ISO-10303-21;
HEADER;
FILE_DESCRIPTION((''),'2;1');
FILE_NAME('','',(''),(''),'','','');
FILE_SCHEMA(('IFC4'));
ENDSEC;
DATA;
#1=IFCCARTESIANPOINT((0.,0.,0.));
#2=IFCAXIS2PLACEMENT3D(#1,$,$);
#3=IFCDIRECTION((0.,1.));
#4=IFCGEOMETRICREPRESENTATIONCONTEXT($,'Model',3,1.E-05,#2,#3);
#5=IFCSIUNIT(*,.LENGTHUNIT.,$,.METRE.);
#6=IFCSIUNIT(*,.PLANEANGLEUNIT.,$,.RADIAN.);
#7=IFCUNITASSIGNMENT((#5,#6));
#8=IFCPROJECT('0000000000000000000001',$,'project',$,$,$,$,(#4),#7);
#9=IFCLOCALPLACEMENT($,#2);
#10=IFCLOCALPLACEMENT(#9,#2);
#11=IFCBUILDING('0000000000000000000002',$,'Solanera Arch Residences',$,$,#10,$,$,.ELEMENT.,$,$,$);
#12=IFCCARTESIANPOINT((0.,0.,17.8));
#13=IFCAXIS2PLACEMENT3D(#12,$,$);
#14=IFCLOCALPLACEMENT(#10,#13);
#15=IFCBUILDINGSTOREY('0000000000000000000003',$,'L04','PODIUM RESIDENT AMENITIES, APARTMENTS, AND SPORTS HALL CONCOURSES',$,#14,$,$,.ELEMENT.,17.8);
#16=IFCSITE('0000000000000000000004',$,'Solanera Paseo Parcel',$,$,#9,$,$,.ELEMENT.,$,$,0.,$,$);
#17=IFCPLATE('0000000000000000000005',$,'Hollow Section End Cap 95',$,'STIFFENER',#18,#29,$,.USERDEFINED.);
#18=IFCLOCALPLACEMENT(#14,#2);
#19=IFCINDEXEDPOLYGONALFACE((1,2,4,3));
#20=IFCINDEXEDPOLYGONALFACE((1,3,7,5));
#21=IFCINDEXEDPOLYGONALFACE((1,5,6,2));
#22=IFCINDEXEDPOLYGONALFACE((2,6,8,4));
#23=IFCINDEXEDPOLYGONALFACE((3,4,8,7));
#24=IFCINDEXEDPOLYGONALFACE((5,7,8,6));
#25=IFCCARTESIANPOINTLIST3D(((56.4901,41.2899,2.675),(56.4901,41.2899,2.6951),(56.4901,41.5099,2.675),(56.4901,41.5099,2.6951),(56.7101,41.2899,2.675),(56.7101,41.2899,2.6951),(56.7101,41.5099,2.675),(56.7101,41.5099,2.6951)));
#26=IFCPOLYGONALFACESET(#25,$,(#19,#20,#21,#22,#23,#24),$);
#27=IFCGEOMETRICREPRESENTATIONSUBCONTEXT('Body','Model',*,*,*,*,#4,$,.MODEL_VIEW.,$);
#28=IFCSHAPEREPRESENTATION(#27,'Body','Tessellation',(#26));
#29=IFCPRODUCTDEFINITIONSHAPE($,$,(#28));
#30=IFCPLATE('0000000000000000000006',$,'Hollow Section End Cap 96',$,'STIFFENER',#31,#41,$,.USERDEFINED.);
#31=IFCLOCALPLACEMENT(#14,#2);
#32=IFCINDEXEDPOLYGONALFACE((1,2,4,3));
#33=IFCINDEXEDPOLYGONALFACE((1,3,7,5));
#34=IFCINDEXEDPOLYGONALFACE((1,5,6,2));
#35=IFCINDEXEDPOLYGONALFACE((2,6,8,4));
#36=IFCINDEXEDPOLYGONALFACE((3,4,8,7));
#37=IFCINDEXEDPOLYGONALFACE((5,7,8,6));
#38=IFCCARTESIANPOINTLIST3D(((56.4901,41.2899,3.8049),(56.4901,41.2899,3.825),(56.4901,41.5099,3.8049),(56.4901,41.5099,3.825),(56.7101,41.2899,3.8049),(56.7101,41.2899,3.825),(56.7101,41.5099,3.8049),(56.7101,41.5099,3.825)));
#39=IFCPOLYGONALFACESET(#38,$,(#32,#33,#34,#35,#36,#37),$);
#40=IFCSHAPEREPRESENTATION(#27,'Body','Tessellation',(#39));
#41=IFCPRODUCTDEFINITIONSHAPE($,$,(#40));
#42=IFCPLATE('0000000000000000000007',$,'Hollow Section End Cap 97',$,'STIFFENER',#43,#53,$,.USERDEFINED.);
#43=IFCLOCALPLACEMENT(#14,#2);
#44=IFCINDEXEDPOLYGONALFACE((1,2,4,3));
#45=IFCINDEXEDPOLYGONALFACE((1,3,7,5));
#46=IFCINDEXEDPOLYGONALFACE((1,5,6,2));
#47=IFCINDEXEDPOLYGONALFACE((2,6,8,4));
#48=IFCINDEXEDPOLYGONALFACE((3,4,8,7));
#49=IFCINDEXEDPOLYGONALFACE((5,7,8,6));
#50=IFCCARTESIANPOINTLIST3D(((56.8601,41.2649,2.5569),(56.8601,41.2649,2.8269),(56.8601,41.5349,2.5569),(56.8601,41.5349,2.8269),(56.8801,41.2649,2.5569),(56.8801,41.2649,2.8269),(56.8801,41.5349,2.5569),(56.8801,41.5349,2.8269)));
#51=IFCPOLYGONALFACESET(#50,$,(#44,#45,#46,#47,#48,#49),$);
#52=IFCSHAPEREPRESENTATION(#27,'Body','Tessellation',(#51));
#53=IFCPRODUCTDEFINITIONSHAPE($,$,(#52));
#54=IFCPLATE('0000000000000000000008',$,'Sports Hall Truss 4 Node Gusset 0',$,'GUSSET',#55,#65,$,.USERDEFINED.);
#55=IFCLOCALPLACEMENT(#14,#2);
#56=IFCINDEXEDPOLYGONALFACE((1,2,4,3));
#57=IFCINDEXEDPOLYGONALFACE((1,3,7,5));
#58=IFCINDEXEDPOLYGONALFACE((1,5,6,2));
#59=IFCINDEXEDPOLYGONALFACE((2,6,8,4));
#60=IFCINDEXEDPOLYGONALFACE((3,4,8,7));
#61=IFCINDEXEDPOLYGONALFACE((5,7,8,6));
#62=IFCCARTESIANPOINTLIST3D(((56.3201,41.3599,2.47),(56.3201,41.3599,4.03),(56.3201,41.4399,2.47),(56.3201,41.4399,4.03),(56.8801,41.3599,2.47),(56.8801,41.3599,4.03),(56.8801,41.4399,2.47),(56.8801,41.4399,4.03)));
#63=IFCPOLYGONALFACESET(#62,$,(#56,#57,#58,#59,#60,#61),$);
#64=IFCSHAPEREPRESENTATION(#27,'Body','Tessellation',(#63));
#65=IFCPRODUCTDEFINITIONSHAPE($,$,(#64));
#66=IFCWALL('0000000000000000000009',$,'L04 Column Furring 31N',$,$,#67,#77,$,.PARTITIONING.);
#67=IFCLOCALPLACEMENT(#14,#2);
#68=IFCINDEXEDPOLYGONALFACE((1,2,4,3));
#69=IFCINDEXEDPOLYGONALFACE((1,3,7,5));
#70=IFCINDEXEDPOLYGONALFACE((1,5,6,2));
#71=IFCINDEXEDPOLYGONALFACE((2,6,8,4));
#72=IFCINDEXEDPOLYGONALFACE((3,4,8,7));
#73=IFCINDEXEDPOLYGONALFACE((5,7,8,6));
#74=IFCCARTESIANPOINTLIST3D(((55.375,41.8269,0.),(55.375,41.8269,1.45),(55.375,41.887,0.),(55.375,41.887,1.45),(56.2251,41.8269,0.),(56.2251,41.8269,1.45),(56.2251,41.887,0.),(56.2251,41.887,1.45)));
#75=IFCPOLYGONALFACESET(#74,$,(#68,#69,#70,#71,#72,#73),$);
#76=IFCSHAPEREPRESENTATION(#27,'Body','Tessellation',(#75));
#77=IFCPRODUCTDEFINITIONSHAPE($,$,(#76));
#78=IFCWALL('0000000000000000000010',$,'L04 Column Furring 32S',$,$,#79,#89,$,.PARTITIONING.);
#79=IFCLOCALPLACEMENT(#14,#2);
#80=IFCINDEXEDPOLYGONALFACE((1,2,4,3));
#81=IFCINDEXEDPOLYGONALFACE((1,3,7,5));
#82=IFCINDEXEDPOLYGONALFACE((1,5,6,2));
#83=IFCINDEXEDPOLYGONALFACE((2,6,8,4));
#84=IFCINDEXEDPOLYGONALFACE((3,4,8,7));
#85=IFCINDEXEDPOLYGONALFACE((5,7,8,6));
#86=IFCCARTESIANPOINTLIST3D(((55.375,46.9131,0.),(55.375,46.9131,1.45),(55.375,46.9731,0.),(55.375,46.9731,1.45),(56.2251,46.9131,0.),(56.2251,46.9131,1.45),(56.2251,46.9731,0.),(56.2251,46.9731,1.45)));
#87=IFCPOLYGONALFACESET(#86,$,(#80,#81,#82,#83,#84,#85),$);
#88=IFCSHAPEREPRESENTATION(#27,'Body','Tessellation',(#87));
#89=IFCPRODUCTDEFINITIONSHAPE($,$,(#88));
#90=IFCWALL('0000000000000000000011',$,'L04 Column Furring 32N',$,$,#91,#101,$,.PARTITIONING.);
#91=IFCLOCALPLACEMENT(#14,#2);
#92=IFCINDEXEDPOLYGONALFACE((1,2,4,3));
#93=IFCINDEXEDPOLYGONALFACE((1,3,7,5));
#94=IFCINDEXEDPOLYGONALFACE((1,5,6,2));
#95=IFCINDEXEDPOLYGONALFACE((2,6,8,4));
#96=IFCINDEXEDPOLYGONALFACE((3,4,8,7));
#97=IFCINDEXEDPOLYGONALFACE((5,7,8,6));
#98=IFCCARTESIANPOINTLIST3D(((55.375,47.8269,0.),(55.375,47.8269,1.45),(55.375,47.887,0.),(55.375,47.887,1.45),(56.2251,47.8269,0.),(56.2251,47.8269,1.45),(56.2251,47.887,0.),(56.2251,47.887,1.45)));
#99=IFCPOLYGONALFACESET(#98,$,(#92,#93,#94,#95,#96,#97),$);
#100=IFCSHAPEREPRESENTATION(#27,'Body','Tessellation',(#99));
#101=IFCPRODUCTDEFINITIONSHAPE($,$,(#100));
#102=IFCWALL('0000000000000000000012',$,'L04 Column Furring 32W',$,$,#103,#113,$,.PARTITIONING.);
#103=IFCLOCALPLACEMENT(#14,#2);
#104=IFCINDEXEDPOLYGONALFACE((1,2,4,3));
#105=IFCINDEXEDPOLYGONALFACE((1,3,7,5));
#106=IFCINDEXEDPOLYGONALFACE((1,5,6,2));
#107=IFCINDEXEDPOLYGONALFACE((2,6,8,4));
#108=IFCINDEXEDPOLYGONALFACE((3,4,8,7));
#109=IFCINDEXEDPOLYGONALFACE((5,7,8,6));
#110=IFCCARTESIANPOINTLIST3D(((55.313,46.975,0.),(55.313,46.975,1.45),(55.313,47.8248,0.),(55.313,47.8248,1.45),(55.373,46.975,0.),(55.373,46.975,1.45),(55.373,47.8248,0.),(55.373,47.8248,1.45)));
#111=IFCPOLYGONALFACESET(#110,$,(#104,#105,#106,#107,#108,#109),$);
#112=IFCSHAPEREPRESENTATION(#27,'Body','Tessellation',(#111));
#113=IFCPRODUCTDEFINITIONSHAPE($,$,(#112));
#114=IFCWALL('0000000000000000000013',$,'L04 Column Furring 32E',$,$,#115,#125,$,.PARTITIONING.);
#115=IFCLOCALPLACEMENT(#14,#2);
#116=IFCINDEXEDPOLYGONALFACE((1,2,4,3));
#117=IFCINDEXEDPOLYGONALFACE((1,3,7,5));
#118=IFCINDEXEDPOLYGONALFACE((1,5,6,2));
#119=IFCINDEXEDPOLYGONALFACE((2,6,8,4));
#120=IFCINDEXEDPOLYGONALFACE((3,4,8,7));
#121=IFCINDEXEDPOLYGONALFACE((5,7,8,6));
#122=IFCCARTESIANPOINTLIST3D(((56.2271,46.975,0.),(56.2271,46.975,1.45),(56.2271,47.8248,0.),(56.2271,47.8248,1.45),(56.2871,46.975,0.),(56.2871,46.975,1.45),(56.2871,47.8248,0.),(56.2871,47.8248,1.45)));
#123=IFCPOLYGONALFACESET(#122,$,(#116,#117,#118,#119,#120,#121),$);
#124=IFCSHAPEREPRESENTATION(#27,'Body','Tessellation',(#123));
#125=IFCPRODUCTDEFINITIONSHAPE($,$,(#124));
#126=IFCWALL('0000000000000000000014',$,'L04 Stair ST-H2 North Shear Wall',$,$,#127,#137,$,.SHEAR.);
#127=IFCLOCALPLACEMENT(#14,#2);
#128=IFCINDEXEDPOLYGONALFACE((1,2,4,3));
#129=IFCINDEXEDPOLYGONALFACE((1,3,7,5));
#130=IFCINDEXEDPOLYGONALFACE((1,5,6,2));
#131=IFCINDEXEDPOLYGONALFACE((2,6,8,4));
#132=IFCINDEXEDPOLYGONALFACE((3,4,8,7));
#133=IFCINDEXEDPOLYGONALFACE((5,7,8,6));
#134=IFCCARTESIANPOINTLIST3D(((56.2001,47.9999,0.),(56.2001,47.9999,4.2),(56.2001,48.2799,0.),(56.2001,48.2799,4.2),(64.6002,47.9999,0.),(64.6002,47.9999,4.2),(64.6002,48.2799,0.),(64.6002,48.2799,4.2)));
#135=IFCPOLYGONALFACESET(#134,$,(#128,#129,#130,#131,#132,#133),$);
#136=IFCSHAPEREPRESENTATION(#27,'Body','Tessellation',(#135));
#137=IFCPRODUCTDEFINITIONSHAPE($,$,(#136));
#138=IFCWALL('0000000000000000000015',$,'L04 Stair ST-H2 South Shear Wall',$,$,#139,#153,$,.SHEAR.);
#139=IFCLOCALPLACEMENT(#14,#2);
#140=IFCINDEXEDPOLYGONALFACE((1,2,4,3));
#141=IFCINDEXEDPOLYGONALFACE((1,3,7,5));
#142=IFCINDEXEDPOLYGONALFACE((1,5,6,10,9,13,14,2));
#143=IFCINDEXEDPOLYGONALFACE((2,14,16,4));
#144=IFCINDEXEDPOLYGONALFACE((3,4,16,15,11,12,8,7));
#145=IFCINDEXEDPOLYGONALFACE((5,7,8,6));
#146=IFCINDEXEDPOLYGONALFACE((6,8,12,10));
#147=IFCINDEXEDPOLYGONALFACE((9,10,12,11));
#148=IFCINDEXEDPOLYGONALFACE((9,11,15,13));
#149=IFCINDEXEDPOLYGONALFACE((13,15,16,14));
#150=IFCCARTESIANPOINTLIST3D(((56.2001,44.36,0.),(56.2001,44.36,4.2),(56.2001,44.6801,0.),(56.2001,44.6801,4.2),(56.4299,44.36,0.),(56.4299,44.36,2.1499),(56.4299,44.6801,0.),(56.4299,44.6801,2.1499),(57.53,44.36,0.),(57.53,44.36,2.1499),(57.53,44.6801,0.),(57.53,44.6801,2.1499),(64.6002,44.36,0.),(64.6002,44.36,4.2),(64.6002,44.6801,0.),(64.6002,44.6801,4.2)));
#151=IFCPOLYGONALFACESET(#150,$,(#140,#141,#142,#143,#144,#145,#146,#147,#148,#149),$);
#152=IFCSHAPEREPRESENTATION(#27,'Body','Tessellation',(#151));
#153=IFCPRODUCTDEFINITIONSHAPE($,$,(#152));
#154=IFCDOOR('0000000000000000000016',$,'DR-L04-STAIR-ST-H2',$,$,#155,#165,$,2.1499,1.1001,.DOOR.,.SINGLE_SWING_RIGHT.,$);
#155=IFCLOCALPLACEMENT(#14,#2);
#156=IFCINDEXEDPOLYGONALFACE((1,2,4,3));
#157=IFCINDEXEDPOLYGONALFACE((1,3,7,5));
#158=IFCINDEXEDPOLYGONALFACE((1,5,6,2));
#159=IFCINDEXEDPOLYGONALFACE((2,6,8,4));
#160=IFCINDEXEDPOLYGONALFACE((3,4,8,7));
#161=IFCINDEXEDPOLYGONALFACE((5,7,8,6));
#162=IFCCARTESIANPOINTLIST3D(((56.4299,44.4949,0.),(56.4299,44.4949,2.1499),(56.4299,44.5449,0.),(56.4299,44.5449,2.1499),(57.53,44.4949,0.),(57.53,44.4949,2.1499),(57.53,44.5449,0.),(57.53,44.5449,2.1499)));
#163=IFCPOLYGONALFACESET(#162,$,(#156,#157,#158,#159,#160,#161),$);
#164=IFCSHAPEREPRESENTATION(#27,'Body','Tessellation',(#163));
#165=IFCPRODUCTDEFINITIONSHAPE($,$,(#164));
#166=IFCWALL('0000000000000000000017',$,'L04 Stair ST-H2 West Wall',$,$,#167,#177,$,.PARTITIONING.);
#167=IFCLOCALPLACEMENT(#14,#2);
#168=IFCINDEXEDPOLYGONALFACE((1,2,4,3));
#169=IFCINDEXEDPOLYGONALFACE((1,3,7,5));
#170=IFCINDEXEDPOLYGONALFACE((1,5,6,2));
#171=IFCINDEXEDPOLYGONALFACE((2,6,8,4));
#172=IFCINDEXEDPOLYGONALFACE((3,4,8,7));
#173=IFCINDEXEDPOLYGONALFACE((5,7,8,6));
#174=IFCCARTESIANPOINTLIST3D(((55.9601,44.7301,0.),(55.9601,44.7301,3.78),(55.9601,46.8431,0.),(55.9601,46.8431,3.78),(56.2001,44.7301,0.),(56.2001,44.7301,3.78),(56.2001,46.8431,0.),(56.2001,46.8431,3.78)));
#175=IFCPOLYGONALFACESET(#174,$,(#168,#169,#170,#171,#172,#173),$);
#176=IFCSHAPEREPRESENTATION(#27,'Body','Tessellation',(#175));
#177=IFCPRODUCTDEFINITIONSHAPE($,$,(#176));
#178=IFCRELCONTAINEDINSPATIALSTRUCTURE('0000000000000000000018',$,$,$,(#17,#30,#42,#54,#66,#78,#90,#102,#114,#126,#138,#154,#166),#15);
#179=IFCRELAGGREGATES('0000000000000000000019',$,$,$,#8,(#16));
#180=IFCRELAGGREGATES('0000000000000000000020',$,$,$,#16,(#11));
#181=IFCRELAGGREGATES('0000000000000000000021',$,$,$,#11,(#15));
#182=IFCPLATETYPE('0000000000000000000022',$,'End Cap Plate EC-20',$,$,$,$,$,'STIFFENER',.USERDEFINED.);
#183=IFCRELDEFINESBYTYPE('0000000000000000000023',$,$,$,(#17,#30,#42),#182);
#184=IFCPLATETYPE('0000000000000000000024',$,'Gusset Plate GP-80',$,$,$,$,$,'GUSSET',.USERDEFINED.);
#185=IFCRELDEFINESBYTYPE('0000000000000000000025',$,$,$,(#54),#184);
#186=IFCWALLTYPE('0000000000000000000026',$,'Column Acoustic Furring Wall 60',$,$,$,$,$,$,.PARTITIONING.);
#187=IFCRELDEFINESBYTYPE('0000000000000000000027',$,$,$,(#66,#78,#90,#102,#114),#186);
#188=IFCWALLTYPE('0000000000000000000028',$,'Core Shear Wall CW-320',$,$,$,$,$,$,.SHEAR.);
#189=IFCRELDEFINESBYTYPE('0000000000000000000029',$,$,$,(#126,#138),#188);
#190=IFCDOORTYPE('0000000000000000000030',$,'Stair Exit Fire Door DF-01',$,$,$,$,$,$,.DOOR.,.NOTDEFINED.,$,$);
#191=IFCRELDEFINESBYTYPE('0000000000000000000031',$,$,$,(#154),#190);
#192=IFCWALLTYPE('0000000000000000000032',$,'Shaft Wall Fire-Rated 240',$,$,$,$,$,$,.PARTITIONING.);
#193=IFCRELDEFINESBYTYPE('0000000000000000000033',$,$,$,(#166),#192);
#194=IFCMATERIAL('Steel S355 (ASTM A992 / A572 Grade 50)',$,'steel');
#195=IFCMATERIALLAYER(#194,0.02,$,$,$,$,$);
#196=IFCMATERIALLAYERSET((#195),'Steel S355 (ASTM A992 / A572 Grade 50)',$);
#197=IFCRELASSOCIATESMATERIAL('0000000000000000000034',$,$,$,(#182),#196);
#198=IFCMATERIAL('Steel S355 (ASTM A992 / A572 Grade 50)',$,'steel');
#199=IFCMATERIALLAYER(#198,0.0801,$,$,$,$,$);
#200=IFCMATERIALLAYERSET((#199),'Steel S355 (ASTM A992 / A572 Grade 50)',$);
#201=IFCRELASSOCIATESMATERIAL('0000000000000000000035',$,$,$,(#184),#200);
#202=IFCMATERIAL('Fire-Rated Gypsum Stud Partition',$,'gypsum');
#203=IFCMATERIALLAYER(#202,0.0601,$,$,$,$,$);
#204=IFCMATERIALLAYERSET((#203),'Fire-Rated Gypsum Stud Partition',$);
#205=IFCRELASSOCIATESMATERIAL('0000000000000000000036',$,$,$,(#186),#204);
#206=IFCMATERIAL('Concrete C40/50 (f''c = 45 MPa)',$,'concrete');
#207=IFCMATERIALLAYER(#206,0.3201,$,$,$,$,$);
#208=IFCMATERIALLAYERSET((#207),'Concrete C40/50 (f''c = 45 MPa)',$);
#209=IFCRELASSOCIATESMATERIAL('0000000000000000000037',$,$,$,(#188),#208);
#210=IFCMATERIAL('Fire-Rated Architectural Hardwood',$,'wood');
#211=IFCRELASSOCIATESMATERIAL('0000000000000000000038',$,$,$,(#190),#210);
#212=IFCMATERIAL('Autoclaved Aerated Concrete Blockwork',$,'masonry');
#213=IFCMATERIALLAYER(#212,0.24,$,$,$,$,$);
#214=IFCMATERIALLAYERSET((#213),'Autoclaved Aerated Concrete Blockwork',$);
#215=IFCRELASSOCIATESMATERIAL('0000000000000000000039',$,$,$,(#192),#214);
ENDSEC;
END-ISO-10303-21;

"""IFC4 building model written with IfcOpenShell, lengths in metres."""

from ifc_helpers import new_model, si_unit, direction, frame, frame_2d, origin, origin_2d, place, context, subcontext, project, spatial, rectangle, extrude, material, layer, layer_set, type_object, element, fill, save


model = new_model("IFC4")

# Units and contexts
model_context = context("Model", 3, precision=1e-05, world=origin(), true_north=direction((0.0, 1.0)))
body_context = subcontext(model_context, "Body", "Model", "MODEL_VIEW")
ifc_project = project(units=[si_unit("LENGTHUNIT", "METRE"), si_unit("PLANEANGLEUNIT", "RADIAN")], contexts=[model_context])

# Site, building, storey
site_placement = place(None, origin())
site = spatial("IfcSite", under=ifc_project, at=site_placement, Name="Solanera Paseo Parcel", CompositionType="ELEMENT", RefElevation=0.0)
building_placement = place(site_placement, origin())
building = spatial("IfcBuilding", under=site, at=building_placement, Name="Solanera Arch Residences", CompositionType="ELEMENT")
storey_placement = place(building_placement, frame((0.0, 0.0, 17.8)))
storey = spatial("IfcBuildingStorey", under=building, at=storey_placement, Name="L04", Description="PODIUM RESIDENT AMENITIES, APARTMENTS, AND SPORTS HALL CONCOURSES", CompositionType="ELEMENT", Elevation=17.8)

# Plates
ifc_material_1 = material(Name="Steel S355 (ASTM A992 / A572 Grade 50)", Category="steel")
ifc_layer_1 = layer(ifc_material_1, 0.02)
ifc_layer_set_1 = layer_set([ifc_layer_1], Name="Steel S355 (ASTM A992 / A572 Grade 50)")
plate_type_1 = type_object("IfcPlateType", Name="End Cap Plate EC-20", ElementType="STIFFENER", PredefinedType="USERDEFINED", material=ifc_layer_set_1)
for number, where, z_axis, x_axis, name in (
    (1, (56.6001, 41.3999, 2.675), (0.0, 0.0, 1.0), (1.0, 0.0, 0.0), "Hollow Section End Cap 95"),
    (2, (56.6001, 41.3999, 3.8049), (0.0, 0.0, 1.0), (1.0, 0.0, 0.0), "Hollow Section End Cap 96"),
):
    element("IfcPlate", number, at=place(storey_placement, frame(where, z_axis=z_axis, x_axis=x_axis)), inside=storey, type_object=plate_type_1, Name=name, ObjectType="STIFFENER", PredefinedType="USERDEFINED", context=body_context, shape_type="SweptSolid", body=[
        extrude(rectangle(XDim=0.22, YDim=0.22, at=origin_2d()), origin(), (0.0, 0.0, 1.0), 0.02),
    ])
plate_1_placement = place(storey_placement, frame((56.8701, 41.3999, 2.5569), z_axis=(0.0, 0.0, 1.0), x_axis=(-1.0, 0.0, 0.0)))
element("IfcPlate", 3, at=plate_1_placement, inside=storey, type_object=plate_type_1, Name="Hollow Section End Cap 97", ObjectType="STIFFENER", PredefinedType="USERDEFINED", context=body_context, shape_type="SweptSolid", body=[
    extrude(rectangle(XDim=0.02, YDim=0.27, at=origin_2d()), origin(), (0.0, 0.0, 1.0), 0.27),
])
ifc_material_2 = material(Name="Steel S355 (ASTM A992 / A572 Grade 50)", Category="steel")
ifc_layer_2 = layer(ifc_material_2, 0.0801)
ifc_layer_set_2 = layer_set([ifc_layer_2], Name="Steel S355 (ASTM A992 / A572 Grade 50)")
plate_type_2 = type_object("IfcPlateType", Name="Gusset Plate GP-80", ElementType="GUSSET", PredefinedType="USERDEFINED", material=ifc_layer_set_2)
plate_2_placement = place(storey_placement, frame((56.6001, 41.3999, 2.47), z_axis=(0.0, 0.0, 1.0), x_axis=(1.0, 0.0, 0.0)))
element("IfcPlate", 4, at=plate_2_placement, inside=storey, type_object=plate_type_2, Name="Sports Hall Truss 4 Node Gusset 0", ObjectType="GUSSET", PredefinedType="USERDEFINED", context=body_context, shape_type="SweptSolid", body=[
    extrude(rectangle(XDim=0.5601, YDim=0.0801, at=origin_2d()), origin(), (0.0, 0.0, 1.0), 1.5601),
])

# Walls
ifc_material_3 = material(Name="Fire-Rated Gypsum Stud Partition", Category="gypsum")
ifc_layer_3 = layer(ifc_material_3, 0.0601)
ifc_layer_set_3 = layer_set([ifc_layer_3], Name="Fire-Rated Gypsum Stud Partition")
wall_type_1 = type_object("IfcWallType", Name="Column Acoustic Furring Wall 60", PredefinedType="PARTITIONING", material=ifc_layer_set_3)
for number, where, z_axis, x_axis, name in (
    (5, (55.375, 41.8569, 0.0), (0.0, 0.0, 1.0), (1.0, 0.0, 0.0), "L04 Column Furring 31N"),
    (6, (55.375, 46.9431, 0.0), (0.0, 0.0, 1.0), (1.0, 0.0, 0.0), "L04 Column Furring 32S"),
    (7, (55.375, 47.8569, 0.0), (0.0, 0.0, 1.0), (1.0, 0.0, 0.0), "L04 Column Furring 32N"),
):
    element("IfcWall", number, at=place(storey_placement, frame(where, z_axis=z_axis, x_axis=x_axis)), inside=storey, type_object=wall_type_1, Name=name, PredefinedType="PARTITIONING", context=body_context, shape_type="SweptSolid", body=[
        extrude(rectangle(XDim=0.8501, YDim=0.0601, at=frame_2d((0.425, 0.0))), origin(), (0.0, 0.0, 1.0), 1.45),
    ])
for number, where, z_axis, x_axis, name in (
    (8, (55.343, 46.9751, 0.0), (0.0, 0.0, 1.0), (0.0, 1.0, 0.0), "L04 Column Furring 32W"),
    (9, (56.2571, 46.9751, 0.0), (0.0, 0.0, 1.0), (0.0, 1.0, 0.0), "L04 Column Furring 32E"),
):
    element("IfcWall", number, at=place(storey_placement, frame(where, z_axis=z_axis, x_axis=x_axis)), inside=storey, type_object=wall_type_1, Name=name, PredefinedType="PARTITIONING", context=body_context, shape_type="SweptSolid", body=[
        extrude(rectangle(XDim=0.8499, YDim=0.0601, at=frame_2d((0.4248, 0.0))), origin(), (0.0, 0.0, 1.0), 1.45),
    ])
ifc_material_4 = material(Name="Concrete C40/50 (f'c = 45 MPa)", Category="concrete")
ifc_layer_4 = layer(ifc_material_4, 0.3201)
ifc_layer_set_4 = layer_set([ifc_layer_4], Name="Concrete C40/50 (f'c = 45 MPa)")
wall_type_2 = type_object("IfcWallType", Name="Core Shear Wall CW-320", PredefinedType="SHEAR", material=ifc_layer_set_4)
wall_1_placement = place(storey_placement, frame((56.2, 48.1399, 0.0), z_axis=(0.0, 0.0, 1.0), x_axis=(1.0, 0.0, 0.0)))
element("IfcWall", 10, at=wall_1_placement, inside=storey, type_object=wall_type_2, Name="L04 Stair ST-H2 North Shear Wall", PredefinedType="SHEAR", context=body_context, shape_type="SweptSolid", body=[
    extrude(rectangle(XDim=8.4001, YDim=0.28, at=frame_2d((4.2002, 0.0))), origin(), (0.0, 0.0, 1.0), 4.2),
])

# Wall, opening, door
wall_2_placement = place(storey_placement, frame((56.2, 44.52, 0.0), z_axis=(0.0, 0.0, 1.0), x_axis=(1.0, 0.0, 0.0)))
wall_2 = element("IfcWall", 11, at=wall_2_placement, inside=storey, type_object=wall_type_2, Name="L04 Stair ST-H2 South Shear Wall", PredefinedType="SHEAR", context=body_context, shape_type="SweptSolid", body=[
    extrude(rectangle(XDim=8.4001, YDim=0.3201, at=frame_2d((4.2002, 0.0))), origin(), (0.0, 0.0, 1.0), 4.2),
])
opening_placement = place(wall_2_placement, frame((0.23, 0.0, 0.0)))
opening = element("IfcOpeningElement", 12, at=opening_placement, cuts=wall_2, PredefinedType="OPENING", context=body_context, shape_type="SweptSolid", body=[
    extrude(rectangle(XDim=1.1001, YDim=2.1499, at=frame_2d((0.55, 1.075))), frame((0.0, 0.1699, 0.0), z_axis=(0.0, -1.0, 0.0), x_axis=(1.0, 0.0, 0.0)), (0.0, 0.0, 1.0), 0.3401),
])
ifc_material_5 = material(Name="Fire-Rated Architectural Hardwood", Category="wood")
door_type = type_object("IfcDoorType", Name="Stair Exit Fire Door DF-01", OperationType="NOTDEFINED", PredefinedType="DOOR", material=ifc_material_5)
door_placement = place(opening_placement, origin())
door = element("IfcDoor", 13, at=door_placement, inside=storey, type_object=door_type, Name="DR-L04-STAIR-ST-H2", OperationType="SINGLE_SWING_RIGHT", OverallHeight=2.1499, OverallWidth=1.1001, PredefinedType="DOOR", context=body_context, shape_type="SweptSolid", body=[
    extrude(rectangle(XDim=1.1001, YDim=2.1499, at=frame_2d((0.55, 1.075))), frame((0.0, 0.0249, 0.0), z_axis=(0.0, -1.0, 0.0), x_axis=(1.0, 0.0, 0.0)), (0.0, 0.0, 1.0), 0.05),
])
fill(opening, door)

# Wall
ifc_material_6 = material(Name="Autoclaved Aerated Concrete Blockwork", Category="masonry")
ifc_layer_5 = layer(ifc_material_6, 0.24)
ifc_layer_set_5 = layer_set([ifc_layer_5], Name="Autoclaved Aerated Concrete Blockwork")
wall_type_3 = type_object("IfcWallType", Name="Shaft Wall Fire-Rated 240", PredefinedType="PARTITIONING", material=ifc_layer_set_5)
wall_3_placement = place(storey_placement, frame((56.0801, 44.73, 0.0), z_axis=(0.0, 0.0, 1.0), x_axis=(0.0, 1.0, 0.0)))
element("IfcWall", 14, at=wall_3_placement, inside=storey, type_object=wall_type_3, Name="L04 Stair ST-H2 West Wall", PredefinedType="PARTITIONING", context=body_context, shape_type="SweptSolid", body=[
    extrude(rectangle(XDim=2.113, YDim=0.24, at=frame_2d((1.0566, 0.0))), origin(), (0.0, 0.0, 1.0), 3.78),
])

save(model, "model.ifc")
